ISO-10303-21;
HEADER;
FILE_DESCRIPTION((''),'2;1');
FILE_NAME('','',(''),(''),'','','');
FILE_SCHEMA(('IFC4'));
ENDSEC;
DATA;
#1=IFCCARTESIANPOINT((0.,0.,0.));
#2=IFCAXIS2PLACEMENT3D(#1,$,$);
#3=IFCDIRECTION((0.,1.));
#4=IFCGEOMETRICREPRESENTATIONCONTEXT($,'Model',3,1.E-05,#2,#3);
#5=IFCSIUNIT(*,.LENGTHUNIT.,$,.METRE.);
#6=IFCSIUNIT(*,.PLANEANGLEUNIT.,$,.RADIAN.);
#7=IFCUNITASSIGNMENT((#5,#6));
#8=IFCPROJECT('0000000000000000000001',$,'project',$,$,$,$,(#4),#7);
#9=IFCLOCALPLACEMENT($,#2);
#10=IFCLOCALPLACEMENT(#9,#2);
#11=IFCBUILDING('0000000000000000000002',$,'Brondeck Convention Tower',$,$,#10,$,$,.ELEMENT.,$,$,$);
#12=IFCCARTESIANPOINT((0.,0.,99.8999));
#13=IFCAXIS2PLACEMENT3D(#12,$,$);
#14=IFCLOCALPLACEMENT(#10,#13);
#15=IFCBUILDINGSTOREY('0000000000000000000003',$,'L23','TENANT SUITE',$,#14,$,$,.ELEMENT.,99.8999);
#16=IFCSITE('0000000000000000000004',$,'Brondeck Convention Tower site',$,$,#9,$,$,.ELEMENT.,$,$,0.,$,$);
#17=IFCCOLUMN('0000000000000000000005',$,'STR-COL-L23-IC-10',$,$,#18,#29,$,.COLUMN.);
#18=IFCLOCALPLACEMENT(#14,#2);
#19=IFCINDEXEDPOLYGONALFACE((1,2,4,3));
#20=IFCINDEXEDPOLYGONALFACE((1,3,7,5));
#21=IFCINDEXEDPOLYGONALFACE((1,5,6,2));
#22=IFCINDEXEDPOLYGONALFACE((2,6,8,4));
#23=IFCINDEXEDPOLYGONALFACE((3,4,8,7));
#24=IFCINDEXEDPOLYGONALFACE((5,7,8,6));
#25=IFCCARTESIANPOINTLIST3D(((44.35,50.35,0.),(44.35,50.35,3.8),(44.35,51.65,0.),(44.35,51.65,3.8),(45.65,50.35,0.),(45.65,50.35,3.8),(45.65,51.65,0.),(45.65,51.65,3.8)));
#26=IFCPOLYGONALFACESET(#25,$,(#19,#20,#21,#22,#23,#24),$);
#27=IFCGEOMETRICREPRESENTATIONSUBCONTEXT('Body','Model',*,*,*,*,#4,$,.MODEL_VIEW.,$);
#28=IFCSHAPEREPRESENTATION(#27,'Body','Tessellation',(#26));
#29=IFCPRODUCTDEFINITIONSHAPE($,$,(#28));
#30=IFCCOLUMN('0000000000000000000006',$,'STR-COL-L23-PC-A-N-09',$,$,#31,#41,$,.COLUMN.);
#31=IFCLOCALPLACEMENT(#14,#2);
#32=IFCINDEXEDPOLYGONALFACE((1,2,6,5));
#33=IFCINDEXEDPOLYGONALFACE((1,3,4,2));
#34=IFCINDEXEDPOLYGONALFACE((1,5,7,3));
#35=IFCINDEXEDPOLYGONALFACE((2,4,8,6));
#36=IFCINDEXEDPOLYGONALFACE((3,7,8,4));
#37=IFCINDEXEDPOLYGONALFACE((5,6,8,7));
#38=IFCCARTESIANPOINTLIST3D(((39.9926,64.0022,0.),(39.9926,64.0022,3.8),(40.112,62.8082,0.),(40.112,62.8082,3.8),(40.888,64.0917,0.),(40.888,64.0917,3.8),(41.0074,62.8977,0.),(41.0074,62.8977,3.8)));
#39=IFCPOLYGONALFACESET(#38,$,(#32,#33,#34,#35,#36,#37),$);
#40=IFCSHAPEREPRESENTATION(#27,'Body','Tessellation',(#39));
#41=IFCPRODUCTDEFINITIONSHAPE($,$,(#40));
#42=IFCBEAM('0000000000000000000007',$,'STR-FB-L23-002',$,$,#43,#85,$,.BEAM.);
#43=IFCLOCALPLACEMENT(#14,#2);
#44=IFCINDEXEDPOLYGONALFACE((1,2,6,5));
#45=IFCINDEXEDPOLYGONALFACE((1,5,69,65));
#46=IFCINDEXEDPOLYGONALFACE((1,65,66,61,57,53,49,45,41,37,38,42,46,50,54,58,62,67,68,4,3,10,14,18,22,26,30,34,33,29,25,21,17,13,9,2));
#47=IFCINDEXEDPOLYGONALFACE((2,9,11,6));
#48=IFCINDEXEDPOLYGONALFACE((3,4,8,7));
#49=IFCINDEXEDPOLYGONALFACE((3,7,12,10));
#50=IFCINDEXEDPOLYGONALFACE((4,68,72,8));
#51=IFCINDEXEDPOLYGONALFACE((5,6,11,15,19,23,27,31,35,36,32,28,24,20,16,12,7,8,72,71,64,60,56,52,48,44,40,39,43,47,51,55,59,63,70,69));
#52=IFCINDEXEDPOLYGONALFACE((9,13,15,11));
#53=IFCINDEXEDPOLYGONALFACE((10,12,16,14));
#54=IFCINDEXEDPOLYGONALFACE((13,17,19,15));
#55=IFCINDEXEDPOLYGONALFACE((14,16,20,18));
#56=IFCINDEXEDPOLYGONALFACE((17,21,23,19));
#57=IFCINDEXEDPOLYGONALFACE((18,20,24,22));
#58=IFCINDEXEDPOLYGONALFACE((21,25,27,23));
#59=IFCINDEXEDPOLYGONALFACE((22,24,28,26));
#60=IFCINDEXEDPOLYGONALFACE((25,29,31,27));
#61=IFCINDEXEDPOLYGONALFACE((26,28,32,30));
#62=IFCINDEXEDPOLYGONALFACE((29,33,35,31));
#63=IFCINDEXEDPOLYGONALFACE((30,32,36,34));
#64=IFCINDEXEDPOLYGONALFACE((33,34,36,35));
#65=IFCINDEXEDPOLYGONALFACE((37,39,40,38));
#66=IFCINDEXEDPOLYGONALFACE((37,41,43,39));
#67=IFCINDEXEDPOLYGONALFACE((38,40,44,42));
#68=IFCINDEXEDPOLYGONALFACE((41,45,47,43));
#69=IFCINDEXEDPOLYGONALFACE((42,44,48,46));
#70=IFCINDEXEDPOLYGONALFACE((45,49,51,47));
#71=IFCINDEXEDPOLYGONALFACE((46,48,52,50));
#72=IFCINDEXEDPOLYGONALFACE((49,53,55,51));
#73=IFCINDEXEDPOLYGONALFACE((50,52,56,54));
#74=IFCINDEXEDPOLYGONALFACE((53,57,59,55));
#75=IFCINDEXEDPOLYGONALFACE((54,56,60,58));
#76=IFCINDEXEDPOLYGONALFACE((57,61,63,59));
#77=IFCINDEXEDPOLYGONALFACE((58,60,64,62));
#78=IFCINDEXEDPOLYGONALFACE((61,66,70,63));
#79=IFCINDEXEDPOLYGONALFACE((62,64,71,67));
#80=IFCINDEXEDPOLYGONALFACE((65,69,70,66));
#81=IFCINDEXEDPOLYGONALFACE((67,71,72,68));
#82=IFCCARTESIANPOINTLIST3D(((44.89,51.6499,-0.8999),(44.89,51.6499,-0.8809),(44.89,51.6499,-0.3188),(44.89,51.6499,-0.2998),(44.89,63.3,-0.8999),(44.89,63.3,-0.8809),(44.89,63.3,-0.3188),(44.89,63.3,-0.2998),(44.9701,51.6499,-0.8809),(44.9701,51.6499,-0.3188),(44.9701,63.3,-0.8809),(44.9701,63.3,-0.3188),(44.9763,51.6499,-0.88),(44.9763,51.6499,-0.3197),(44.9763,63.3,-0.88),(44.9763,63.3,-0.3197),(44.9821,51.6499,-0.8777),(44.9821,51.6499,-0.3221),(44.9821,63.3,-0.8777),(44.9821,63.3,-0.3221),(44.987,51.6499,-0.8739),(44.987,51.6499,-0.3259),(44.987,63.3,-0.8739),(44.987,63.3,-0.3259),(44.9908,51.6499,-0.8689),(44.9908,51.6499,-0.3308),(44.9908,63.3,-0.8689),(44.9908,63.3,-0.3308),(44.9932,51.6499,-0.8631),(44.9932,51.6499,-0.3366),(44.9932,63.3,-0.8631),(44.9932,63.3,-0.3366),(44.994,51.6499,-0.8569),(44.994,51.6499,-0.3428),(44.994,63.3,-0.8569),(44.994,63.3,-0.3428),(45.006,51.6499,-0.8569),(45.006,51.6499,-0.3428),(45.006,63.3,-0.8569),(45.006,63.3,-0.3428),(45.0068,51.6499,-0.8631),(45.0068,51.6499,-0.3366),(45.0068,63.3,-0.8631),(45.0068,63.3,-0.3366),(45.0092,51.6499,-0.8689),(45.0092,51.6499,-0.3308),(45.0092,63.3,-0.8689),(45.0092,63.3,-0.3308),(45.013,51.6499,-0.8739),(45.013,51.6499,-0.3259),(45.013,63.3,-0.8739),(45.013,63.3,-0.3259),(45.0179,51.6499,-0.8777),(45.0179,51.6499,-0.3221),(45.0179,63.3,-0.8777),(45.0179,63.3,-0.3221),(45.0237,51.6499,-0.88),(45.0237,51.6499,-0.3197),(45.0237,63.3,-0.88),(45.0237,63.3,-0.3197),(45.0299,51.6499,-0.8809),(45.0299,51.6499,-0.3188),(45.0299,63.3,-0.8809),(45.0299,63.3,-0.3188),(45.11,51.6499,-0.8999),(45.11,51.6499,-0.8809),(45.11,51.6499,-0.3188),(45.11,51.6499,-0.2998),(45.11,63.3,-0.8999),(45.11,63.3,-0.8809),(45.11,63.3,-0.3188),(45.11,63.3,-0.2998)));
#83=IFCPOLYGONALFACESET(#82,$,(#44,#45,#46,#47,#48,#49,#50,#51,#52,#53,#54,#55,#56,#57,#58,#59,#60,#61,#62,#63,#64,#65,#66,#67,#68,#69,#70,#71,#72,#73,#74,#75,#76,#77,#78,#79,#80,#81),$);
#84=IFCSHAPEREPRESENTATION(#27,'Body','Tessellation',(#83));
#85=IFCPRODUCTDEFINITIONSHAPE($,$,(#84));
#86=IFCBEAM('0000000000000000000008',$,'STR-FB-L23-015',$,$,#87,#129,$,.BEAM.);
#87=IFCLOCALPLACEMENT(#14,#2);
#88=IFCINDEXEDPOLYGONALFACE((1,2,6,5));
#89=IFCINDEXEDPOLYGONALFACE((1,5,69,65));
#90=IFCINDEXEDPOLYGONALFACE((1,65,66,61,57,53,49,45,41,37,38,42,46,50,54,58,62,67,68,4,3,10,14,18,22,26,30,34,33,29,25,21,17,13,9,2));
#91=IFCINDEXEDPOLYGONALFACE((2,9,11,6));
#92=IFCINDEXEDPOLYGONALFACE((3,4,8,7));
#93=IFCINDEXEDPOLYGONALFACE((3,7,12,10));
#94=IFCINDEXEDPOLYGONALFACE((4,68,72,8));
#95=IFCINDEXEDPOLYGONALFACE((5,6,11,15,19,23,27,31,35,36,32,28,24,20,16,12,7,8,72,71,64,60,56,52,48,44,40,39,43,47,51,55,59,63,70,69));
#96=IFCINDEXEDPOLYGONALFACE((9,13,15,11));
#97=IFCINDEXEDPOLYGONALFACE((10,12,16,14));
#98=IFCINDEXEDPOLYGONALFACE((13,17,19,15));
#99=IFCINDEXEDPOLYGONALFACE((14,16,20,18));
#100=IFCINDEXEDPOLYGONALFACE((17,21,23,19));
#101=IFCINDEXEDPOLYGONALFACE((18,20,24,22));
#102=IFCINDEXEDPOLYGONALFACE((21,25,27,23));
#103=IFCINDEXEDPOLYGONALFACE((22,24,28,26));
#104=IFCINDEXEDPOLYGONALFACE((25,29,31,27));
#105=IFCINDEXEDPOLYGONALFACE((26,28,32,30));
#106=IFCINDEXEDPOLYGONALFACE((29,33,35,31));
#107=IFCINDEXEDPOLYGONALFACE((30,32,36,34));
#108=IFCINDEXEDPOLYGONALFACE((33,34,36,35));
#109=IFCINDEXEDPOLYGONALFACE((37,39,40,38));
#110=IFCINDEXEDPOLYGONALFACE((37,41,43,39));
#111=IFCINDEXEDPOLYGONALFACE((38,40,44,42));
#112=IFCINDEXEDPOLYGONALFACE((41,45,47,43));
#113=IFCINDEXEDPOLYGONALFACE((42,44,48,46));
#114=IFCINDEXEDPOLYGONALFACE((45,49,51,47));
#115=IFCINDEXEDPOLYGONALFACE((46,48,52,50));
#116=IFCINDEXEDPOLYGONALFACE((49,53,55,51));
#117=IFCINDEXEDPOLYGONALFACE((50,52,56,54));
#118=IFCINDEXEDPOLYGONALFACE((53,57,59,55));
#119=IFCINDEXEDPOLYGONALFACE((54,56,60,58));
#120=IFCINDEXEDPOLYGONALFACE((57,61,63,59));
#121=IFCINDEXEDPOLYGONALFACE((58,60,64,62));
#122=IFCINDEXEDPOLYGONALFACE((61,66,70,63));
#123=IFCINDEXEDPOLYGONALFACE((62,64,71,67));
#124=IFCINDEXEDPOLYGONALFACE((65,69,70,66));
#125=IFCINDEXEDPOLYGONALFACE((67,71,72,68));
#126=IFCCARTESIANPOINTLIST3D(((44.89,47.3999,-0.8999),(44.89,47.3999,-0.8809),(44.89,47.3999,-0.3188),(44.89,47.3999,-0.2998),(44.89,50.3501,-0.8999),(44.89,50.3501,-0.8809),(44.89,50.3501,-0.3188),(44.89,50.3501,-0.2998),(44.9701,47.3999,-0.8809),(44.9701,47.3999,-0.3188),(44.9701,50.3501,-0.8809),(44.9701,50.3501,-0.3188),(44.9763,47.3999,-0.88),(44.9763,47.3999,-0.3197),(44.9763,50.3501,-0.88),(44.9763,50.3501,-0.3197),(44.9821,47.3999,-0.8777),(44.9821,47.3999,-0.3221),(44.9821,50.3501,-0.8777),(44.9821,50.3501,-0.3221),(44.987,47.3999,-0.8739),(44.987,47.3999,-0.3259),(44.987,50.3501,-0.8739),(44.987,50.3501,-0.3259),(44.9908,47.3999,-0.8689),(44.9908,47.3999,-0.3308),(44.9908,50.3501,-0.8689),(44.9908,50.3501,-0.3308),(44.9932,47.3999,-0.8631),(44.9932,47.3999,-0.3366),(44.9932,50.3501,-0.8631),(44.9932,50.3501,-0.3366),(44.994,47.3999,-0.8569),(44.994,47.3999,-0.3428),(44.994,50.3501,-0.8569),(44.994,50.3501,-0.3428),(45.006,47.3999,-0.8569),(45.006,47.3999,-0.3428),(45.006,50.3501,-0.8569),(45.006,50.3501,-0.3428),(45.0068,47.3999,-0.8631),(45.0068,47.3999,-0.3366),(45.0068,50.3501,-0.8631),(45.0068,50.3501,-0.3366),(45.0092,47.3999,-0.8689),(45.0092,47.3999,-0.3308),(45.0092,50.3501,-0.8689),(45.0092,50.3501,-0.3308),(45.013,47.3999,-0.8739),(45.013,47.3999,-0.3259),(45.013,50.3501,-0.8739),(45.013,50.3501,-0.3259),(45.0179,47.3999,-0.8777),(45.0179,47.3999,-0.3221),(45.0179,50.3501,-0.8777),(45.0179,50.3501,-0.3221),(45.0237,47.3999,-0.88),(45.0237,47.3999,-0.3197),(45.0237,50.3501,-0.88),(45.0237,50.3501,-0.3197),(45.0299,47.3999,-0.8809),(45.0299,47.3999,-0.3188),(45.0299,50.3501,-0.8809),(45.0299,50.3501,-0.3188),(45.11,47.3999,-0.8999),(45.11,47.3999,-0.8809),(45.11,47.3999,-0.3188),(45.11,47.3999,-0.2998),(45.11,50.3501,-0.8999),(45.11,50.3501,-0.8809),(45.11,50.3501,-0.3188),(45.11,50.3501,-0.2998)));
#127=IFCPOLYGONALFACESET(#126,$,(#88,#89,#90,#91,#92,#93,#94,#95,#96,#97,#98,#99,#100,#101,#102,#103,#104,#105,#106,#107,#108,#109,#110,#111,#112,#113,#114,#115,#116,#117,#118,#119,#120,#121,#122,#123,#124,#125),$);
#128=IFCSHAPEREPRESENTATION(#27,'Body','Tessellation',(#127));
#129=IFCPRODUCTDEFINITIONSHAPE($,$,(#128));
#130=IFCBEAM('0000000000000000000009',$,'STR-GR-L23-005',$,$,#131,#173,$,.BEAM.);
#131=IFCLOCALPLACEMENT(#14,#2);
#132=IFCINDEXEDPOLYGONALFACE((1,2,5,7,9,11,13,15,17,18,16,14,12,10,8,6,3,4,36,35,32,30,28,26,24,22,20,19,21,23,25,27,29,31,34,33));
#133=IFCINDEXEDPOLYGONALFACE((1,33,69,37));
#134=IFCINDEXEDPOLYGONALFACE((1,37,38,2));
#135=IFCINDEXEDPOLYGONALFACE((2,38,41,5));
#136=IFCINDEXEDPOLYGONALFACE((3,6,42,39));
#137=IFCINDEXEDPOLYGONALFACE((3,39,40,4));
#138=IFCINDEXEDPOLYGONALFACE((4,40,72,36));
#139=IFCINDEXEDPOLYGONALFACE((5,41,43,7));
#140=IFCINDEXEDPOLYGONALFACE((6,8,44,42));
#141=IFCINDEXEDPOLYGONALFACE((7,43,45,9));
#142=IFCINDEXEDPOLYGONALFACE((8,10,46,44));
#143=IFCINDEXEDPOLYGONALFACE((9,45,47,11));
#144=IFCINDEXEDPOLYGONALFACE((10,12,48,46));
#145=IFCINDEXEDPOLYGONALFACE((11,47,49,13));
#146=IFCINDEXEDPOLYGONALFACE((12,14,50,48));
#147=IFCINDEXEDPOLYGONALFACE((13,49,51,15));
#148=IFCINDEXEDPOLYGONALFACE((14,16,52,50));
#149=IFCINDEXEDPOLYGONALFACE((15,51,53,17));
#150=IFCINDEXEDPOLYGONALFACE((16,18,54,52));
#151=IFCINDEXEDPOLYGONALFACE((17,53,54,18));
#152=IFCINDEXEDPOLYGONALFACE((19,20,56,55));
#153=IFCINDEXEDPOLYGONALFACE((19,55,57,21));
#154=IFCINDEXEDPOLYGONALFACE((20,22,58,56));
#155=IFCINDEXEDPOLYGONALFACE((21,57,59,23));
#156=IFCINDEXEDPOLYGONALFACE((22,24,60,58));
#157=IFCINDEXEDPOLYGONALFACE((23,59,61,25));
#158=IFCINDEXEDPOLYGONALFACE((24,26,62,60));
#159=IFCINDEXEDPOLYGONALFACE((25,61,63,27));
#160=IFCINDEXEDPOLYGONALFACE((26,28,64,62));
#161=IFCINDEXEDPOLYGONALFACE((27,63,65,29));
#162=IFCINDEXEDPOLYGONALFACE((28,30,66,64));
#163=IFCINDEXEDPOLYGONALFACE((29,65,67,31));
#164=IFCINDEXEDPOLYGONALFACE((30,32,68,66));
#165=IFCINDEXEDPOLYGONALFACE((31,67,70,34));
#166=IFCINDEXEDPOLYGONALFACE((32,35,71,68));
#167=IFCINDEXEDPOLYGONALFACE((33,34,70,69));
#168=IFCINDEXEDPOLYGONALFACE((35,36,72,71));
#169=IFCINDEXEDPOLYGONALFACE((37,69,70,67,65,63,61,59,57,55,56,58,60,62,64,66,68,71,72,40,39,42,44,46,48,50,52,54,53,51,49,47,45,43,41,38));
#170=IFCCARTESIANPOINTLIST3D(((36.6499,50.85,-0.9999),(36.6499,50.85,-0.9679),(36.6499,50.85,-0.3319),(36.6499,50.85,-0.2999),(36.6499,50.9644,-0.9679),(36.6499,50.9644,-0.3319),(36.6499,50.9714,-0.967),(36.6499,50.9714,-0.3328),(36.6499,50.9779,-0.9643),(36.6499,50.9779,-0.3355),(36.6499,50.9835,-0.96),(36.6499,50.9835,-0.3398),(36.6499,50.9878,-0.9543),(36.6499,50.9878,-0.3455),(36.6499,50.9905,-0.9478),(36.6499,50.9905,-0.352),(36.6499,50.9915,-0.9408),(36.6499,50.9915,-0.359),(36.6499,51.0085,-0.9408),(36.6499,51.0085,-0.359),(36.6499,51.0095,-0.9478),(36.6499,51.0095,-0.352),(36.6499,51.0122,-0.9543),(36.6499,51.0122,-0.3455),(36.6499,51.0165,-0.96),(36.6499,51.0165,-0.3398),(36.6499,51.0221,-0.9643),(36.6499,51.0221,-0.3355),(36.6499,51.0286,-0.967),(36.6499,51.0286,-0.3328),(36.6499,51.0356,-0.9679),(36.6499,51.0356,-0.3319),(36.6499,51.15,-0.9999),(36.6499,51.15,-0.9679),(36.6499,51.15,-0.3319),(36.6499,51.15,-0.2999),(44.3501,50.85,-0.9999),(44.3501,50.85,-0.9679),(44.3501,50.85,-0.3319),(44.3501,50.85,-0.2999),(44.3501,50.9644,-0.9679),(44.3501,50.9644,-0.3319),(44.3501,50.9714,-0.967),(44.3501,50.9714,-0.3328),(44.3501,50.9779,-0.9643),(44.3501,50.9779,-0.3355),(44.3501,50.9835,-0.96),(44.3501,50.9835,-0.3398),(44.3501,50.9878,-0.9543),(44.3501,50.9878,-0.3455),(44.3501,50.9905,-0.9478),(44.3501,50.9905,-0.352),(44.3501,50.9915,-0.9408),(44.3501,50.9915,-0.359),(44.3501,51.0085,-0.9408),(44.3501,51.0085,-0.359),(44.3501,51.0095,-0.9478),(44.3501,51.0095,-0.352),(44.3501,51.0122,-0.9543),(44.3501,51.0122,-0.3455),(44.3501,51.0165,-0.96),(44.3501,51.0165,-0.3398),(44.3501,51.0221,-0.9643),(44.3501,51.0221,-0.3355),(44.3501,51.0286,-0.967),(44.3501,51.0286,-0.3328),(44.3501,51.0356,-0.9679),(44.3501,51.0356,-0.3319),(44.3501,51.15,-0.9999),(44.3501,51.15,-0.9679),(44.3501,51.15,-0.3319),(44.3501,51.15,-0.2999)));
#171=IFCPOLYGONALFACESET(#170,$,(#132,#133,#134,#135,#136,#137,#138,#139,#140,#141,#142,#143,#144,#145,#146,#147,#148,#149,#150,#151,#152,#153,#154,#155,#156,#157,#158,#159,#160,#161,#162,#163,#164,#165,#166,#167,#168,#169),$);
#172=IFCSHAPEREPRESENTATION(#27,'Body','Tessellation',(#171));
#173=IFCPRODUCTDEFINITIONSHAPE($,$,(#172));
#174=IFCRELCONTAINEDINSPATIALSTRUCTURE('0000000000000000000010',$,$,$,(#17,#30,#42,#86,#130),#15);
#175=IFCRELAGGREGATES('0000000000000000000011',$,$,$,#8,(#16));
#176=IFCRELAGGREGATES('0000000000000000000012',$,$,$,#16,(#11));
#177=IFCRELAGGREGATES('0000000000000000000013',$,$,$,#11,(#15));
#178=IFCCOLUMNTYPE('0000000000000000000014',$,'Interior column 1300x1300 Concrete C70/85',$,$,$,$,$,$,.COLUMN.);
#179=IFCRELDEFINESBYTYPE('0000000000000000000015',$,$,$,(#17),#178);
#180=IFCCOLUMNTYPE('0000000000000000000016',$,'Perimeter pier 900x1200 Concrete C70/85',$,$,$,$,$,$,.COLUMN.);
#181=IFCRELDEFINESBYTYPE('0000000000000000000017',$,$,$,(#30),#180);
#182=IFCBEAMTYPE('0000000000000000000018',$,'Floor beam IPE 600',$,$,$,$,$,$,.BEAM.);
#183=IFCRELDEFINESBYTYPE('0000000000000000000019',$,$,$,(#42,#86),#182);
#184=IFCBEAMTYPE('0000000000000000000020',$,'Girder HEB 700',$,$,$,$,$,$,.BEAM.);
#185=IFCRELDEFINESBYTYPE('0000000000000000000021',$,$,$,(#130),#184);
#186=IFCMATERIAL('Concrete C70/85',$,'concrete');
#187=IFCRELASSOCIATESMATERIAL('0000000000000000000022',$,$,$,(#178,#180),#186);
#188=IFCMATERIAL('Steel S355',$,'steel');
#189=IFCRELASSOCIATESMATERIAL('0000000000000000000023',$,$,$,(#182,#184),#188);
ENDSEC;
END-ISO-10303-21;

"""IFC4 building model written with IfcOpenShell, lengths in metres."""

from ifc_helpers import new_model, si_unit, direction, frame, origin, origin_2d, place, context, subcontext, project, spatial, rectangle, i_section, extrude, material, material_profile, profile_set, type_object, element, save


model = new_model("IFC4")

# Units and contexts
model_context = context("Model", 3, precision=1e-05, world=origin(), true_north=direction((0.0, 1.0)))
body_context = subcontext(model_context, "Body", "Model", "MODEL_VIEW")
ifc_project = project(units=[si_unit("LENGTHUNIT", "METRE"), si_unit("PLANEANGLEUNIT", "RADIAN")], contexts=[model_context])

# Site, building, storey
site_placement = place(None, origin())
site = spatial("IfcSite", under=ifc_project, at=site_placement, Name="Brondeck Convention Tower site", CompositionType="ELEMENT", RefElevation=0.0)
building_placement = place(site_placement, origin())
building = spatial("IfcBuilding", under=site, at=building_placement, Name="Brondeck Convention Tower", CompositionType="ELEMENT")
storey_placement = place(building_placement, frame((0.0, 0.0, 99.8999)))
storey = spatial("IfcBuildingStorey", under=building, at=storey_placement, Name="L23", Description="TENANT SUITE", CompositionType="ELEMENT", Elevation=99.8999)

# Columns
ifc_material_1 = material(Name="Concrete C70/85", Category="concrete")
ifc_material_profile_1 = material_profile(ifc_material_1, rectangle(XDim=1.3, YDim=1.3, at=origin_2d()), Name="Interior column 1300x1300 Concrete C70/85")
ifc_profile_set_1 = profile_set([ifc_material_profile_1], Name="Concrete C70/85")
column_type_1 = type_object("IfcColumnType", Name="Interior column 1300x1300 Concrete C70/85", PredefinedType="COLUMN", material=ifc_profile_set_1)
column_1_placement = place(storey_placement, frame((45.0, 51.0, 0.0), z_axis=(0.0, 0.0, 1.0), x_axis=(1.0, 0.0, 0.0)))
element("IfcColumn", 1, at=column_1_placement, inside=storey, type_object=column_type_1, Name="STR-COL-L23-IC-10", PredefinedType="COLUMN", context=body_context, shape_type="SweptSolid", body=[
    extrude(rectangle(XDim=1.3, YDim=1.3, at=origin_2d()), origin(), (0.0, 0.0, 1.0), 3.8),
])
ifc_material_profile_2 = material_profile(ifc_material_1, rectangle(XDim=0.8999, YDim=1.2, at=origin_2d()), Name="Perimeter pier 900x1200 Concrete C70/85")
ifc_profile_set_2 = profile_set([ifc_material_profile_2], Name="Concrete C70/85")
column_type_2 = type_object("IfcColumnType", Name="Perimeter pier 900x1200 Concrete C70/85", PredefinedType="COLUMN", material=ifc_profile_set_2)
column_2_placement = place(storey_placement, frame((40.5, 63.45, 0.0), z_axis=(0.0, 0.0, 1.0), x_axis=(-0.995037, -0.099504, 0.0)))
element("IfcColumn", 2, at=column_2_placement, inside=storey, type_object=column_type_2, Name="STR-COL-L23-PC-A-N-09", PredefinedType="COLUMN", context=body_context, shape_type="SweptSolid", body=[
    extrude(rectangle(XDim=0.8999, YDim=1.2, at=origin_2d()), origin(), (0.0, 0.0, 1.0), 3.8),
])

# Beams
ifc_material_2 = material(Name="Steel S355", Category="steel")
ifc_material_profile_3 = material_profile(ifc_material_2, i_section(OverallWidth=0.22, OverallDepth=0.6001, WebThickness=0.012, FlangeThickness=0.019, FilletRadius=0.0239, at=origin_2d()), Name="IPE 600")
ifc_profile_set_3 = profile_set([ifc_material_profile_3], Name="Steel S355")
beam_type_1 = type_object("IfcBeamType", Name="Floor beam IPE 600", PredefinedType="BEAM", material=ifc_profile_set_3)
beam_1_placement = place(storey_placement, frame((45.0, 51.6499, -0.5999), z_axis=(0.0, 1.0, 0.0), x_axis=(-1.0, 0.0, 0.0)))
element("IfcBeam", 3, at=beam_1_placement, inside=storey, type_object=beam_type_1, Name="STR-FB-L23-002", PredefinedType="BEAM", context=body_context, shape_type="SweptSolid", body=[
    extrude(i_section(OverallWidth=0.22, OverallDepth=0.6001, WebThickness=0.012, FlangeThickness=0.019, FilletRadius=0.0239, at=origin_2d()), origin(), (0.0, 0.0, 1.0), 11.6501),
])
beam_2_placement = place(storey_placement, frame((45.0, 47.3999, -0.5999), z_axis=(0.0, 1.0, 0.0), x_axis=(-1.0, 0.0, 0.0)))
element("IfcBeam", 4, at=beam_2_placement, inside=storey, type_object=beam_type_1, Name="STR-FB-L23-015", PredefinedType="BEAM", context=body_context, shape_type="SweptSolid", body=[
    extrude(i_section(OverallWidth=0.22, OverallDepth=0.6001, WebThickness=0.012, FlangeThickness=0.019, FilletRadius=0.0239, at=origin_2d()), origin(), (0.0, 0.0, 1.0), 2.9502),
])
ifc_material_profile_4 = material_profile(ifc_material_2, i_section(OverallWidth=0.3, OverallDepth=0.7, WebThickness=0.0171, FlangeThickness=0.032, FilletRadius=0.0271, at=origin_2d()), Name="HEB 700")
ifc_profile_set_4 = profile_set([ifc_material_profile_4], Name="Steel S355")
beam_type_2 = type_object("IfcBeamType", Name="Girder HEB 700", PredefinedType="BEAM", material=ifc_profile_set_4)
beam_3_placement = place(storey_placement, frame((36.6499, 51.0, -0.6499), z_axis=(1.0, 0.0, 0.0), x_axis=(0.0, 1.0, 0.0)))
element("IfcBeam", 5, at=beam_3_placement, inside=storey, type_object=beam_type_2, Name="STR-GR-L23-005", PredefinedType="BEAM", context=body_context, shape_type="SweptSolid", body=[
    extrude(i_section(OverallWidth=0.3, OverallDepth=0.7, WebThickness=0.0171, FlangeThickness=0.032, FilletRadius=0.0271, at=origin_2d()), origin(), (0.0, 0.0, 1.0), 7.7002),
])

save(model, "model.ifc")
